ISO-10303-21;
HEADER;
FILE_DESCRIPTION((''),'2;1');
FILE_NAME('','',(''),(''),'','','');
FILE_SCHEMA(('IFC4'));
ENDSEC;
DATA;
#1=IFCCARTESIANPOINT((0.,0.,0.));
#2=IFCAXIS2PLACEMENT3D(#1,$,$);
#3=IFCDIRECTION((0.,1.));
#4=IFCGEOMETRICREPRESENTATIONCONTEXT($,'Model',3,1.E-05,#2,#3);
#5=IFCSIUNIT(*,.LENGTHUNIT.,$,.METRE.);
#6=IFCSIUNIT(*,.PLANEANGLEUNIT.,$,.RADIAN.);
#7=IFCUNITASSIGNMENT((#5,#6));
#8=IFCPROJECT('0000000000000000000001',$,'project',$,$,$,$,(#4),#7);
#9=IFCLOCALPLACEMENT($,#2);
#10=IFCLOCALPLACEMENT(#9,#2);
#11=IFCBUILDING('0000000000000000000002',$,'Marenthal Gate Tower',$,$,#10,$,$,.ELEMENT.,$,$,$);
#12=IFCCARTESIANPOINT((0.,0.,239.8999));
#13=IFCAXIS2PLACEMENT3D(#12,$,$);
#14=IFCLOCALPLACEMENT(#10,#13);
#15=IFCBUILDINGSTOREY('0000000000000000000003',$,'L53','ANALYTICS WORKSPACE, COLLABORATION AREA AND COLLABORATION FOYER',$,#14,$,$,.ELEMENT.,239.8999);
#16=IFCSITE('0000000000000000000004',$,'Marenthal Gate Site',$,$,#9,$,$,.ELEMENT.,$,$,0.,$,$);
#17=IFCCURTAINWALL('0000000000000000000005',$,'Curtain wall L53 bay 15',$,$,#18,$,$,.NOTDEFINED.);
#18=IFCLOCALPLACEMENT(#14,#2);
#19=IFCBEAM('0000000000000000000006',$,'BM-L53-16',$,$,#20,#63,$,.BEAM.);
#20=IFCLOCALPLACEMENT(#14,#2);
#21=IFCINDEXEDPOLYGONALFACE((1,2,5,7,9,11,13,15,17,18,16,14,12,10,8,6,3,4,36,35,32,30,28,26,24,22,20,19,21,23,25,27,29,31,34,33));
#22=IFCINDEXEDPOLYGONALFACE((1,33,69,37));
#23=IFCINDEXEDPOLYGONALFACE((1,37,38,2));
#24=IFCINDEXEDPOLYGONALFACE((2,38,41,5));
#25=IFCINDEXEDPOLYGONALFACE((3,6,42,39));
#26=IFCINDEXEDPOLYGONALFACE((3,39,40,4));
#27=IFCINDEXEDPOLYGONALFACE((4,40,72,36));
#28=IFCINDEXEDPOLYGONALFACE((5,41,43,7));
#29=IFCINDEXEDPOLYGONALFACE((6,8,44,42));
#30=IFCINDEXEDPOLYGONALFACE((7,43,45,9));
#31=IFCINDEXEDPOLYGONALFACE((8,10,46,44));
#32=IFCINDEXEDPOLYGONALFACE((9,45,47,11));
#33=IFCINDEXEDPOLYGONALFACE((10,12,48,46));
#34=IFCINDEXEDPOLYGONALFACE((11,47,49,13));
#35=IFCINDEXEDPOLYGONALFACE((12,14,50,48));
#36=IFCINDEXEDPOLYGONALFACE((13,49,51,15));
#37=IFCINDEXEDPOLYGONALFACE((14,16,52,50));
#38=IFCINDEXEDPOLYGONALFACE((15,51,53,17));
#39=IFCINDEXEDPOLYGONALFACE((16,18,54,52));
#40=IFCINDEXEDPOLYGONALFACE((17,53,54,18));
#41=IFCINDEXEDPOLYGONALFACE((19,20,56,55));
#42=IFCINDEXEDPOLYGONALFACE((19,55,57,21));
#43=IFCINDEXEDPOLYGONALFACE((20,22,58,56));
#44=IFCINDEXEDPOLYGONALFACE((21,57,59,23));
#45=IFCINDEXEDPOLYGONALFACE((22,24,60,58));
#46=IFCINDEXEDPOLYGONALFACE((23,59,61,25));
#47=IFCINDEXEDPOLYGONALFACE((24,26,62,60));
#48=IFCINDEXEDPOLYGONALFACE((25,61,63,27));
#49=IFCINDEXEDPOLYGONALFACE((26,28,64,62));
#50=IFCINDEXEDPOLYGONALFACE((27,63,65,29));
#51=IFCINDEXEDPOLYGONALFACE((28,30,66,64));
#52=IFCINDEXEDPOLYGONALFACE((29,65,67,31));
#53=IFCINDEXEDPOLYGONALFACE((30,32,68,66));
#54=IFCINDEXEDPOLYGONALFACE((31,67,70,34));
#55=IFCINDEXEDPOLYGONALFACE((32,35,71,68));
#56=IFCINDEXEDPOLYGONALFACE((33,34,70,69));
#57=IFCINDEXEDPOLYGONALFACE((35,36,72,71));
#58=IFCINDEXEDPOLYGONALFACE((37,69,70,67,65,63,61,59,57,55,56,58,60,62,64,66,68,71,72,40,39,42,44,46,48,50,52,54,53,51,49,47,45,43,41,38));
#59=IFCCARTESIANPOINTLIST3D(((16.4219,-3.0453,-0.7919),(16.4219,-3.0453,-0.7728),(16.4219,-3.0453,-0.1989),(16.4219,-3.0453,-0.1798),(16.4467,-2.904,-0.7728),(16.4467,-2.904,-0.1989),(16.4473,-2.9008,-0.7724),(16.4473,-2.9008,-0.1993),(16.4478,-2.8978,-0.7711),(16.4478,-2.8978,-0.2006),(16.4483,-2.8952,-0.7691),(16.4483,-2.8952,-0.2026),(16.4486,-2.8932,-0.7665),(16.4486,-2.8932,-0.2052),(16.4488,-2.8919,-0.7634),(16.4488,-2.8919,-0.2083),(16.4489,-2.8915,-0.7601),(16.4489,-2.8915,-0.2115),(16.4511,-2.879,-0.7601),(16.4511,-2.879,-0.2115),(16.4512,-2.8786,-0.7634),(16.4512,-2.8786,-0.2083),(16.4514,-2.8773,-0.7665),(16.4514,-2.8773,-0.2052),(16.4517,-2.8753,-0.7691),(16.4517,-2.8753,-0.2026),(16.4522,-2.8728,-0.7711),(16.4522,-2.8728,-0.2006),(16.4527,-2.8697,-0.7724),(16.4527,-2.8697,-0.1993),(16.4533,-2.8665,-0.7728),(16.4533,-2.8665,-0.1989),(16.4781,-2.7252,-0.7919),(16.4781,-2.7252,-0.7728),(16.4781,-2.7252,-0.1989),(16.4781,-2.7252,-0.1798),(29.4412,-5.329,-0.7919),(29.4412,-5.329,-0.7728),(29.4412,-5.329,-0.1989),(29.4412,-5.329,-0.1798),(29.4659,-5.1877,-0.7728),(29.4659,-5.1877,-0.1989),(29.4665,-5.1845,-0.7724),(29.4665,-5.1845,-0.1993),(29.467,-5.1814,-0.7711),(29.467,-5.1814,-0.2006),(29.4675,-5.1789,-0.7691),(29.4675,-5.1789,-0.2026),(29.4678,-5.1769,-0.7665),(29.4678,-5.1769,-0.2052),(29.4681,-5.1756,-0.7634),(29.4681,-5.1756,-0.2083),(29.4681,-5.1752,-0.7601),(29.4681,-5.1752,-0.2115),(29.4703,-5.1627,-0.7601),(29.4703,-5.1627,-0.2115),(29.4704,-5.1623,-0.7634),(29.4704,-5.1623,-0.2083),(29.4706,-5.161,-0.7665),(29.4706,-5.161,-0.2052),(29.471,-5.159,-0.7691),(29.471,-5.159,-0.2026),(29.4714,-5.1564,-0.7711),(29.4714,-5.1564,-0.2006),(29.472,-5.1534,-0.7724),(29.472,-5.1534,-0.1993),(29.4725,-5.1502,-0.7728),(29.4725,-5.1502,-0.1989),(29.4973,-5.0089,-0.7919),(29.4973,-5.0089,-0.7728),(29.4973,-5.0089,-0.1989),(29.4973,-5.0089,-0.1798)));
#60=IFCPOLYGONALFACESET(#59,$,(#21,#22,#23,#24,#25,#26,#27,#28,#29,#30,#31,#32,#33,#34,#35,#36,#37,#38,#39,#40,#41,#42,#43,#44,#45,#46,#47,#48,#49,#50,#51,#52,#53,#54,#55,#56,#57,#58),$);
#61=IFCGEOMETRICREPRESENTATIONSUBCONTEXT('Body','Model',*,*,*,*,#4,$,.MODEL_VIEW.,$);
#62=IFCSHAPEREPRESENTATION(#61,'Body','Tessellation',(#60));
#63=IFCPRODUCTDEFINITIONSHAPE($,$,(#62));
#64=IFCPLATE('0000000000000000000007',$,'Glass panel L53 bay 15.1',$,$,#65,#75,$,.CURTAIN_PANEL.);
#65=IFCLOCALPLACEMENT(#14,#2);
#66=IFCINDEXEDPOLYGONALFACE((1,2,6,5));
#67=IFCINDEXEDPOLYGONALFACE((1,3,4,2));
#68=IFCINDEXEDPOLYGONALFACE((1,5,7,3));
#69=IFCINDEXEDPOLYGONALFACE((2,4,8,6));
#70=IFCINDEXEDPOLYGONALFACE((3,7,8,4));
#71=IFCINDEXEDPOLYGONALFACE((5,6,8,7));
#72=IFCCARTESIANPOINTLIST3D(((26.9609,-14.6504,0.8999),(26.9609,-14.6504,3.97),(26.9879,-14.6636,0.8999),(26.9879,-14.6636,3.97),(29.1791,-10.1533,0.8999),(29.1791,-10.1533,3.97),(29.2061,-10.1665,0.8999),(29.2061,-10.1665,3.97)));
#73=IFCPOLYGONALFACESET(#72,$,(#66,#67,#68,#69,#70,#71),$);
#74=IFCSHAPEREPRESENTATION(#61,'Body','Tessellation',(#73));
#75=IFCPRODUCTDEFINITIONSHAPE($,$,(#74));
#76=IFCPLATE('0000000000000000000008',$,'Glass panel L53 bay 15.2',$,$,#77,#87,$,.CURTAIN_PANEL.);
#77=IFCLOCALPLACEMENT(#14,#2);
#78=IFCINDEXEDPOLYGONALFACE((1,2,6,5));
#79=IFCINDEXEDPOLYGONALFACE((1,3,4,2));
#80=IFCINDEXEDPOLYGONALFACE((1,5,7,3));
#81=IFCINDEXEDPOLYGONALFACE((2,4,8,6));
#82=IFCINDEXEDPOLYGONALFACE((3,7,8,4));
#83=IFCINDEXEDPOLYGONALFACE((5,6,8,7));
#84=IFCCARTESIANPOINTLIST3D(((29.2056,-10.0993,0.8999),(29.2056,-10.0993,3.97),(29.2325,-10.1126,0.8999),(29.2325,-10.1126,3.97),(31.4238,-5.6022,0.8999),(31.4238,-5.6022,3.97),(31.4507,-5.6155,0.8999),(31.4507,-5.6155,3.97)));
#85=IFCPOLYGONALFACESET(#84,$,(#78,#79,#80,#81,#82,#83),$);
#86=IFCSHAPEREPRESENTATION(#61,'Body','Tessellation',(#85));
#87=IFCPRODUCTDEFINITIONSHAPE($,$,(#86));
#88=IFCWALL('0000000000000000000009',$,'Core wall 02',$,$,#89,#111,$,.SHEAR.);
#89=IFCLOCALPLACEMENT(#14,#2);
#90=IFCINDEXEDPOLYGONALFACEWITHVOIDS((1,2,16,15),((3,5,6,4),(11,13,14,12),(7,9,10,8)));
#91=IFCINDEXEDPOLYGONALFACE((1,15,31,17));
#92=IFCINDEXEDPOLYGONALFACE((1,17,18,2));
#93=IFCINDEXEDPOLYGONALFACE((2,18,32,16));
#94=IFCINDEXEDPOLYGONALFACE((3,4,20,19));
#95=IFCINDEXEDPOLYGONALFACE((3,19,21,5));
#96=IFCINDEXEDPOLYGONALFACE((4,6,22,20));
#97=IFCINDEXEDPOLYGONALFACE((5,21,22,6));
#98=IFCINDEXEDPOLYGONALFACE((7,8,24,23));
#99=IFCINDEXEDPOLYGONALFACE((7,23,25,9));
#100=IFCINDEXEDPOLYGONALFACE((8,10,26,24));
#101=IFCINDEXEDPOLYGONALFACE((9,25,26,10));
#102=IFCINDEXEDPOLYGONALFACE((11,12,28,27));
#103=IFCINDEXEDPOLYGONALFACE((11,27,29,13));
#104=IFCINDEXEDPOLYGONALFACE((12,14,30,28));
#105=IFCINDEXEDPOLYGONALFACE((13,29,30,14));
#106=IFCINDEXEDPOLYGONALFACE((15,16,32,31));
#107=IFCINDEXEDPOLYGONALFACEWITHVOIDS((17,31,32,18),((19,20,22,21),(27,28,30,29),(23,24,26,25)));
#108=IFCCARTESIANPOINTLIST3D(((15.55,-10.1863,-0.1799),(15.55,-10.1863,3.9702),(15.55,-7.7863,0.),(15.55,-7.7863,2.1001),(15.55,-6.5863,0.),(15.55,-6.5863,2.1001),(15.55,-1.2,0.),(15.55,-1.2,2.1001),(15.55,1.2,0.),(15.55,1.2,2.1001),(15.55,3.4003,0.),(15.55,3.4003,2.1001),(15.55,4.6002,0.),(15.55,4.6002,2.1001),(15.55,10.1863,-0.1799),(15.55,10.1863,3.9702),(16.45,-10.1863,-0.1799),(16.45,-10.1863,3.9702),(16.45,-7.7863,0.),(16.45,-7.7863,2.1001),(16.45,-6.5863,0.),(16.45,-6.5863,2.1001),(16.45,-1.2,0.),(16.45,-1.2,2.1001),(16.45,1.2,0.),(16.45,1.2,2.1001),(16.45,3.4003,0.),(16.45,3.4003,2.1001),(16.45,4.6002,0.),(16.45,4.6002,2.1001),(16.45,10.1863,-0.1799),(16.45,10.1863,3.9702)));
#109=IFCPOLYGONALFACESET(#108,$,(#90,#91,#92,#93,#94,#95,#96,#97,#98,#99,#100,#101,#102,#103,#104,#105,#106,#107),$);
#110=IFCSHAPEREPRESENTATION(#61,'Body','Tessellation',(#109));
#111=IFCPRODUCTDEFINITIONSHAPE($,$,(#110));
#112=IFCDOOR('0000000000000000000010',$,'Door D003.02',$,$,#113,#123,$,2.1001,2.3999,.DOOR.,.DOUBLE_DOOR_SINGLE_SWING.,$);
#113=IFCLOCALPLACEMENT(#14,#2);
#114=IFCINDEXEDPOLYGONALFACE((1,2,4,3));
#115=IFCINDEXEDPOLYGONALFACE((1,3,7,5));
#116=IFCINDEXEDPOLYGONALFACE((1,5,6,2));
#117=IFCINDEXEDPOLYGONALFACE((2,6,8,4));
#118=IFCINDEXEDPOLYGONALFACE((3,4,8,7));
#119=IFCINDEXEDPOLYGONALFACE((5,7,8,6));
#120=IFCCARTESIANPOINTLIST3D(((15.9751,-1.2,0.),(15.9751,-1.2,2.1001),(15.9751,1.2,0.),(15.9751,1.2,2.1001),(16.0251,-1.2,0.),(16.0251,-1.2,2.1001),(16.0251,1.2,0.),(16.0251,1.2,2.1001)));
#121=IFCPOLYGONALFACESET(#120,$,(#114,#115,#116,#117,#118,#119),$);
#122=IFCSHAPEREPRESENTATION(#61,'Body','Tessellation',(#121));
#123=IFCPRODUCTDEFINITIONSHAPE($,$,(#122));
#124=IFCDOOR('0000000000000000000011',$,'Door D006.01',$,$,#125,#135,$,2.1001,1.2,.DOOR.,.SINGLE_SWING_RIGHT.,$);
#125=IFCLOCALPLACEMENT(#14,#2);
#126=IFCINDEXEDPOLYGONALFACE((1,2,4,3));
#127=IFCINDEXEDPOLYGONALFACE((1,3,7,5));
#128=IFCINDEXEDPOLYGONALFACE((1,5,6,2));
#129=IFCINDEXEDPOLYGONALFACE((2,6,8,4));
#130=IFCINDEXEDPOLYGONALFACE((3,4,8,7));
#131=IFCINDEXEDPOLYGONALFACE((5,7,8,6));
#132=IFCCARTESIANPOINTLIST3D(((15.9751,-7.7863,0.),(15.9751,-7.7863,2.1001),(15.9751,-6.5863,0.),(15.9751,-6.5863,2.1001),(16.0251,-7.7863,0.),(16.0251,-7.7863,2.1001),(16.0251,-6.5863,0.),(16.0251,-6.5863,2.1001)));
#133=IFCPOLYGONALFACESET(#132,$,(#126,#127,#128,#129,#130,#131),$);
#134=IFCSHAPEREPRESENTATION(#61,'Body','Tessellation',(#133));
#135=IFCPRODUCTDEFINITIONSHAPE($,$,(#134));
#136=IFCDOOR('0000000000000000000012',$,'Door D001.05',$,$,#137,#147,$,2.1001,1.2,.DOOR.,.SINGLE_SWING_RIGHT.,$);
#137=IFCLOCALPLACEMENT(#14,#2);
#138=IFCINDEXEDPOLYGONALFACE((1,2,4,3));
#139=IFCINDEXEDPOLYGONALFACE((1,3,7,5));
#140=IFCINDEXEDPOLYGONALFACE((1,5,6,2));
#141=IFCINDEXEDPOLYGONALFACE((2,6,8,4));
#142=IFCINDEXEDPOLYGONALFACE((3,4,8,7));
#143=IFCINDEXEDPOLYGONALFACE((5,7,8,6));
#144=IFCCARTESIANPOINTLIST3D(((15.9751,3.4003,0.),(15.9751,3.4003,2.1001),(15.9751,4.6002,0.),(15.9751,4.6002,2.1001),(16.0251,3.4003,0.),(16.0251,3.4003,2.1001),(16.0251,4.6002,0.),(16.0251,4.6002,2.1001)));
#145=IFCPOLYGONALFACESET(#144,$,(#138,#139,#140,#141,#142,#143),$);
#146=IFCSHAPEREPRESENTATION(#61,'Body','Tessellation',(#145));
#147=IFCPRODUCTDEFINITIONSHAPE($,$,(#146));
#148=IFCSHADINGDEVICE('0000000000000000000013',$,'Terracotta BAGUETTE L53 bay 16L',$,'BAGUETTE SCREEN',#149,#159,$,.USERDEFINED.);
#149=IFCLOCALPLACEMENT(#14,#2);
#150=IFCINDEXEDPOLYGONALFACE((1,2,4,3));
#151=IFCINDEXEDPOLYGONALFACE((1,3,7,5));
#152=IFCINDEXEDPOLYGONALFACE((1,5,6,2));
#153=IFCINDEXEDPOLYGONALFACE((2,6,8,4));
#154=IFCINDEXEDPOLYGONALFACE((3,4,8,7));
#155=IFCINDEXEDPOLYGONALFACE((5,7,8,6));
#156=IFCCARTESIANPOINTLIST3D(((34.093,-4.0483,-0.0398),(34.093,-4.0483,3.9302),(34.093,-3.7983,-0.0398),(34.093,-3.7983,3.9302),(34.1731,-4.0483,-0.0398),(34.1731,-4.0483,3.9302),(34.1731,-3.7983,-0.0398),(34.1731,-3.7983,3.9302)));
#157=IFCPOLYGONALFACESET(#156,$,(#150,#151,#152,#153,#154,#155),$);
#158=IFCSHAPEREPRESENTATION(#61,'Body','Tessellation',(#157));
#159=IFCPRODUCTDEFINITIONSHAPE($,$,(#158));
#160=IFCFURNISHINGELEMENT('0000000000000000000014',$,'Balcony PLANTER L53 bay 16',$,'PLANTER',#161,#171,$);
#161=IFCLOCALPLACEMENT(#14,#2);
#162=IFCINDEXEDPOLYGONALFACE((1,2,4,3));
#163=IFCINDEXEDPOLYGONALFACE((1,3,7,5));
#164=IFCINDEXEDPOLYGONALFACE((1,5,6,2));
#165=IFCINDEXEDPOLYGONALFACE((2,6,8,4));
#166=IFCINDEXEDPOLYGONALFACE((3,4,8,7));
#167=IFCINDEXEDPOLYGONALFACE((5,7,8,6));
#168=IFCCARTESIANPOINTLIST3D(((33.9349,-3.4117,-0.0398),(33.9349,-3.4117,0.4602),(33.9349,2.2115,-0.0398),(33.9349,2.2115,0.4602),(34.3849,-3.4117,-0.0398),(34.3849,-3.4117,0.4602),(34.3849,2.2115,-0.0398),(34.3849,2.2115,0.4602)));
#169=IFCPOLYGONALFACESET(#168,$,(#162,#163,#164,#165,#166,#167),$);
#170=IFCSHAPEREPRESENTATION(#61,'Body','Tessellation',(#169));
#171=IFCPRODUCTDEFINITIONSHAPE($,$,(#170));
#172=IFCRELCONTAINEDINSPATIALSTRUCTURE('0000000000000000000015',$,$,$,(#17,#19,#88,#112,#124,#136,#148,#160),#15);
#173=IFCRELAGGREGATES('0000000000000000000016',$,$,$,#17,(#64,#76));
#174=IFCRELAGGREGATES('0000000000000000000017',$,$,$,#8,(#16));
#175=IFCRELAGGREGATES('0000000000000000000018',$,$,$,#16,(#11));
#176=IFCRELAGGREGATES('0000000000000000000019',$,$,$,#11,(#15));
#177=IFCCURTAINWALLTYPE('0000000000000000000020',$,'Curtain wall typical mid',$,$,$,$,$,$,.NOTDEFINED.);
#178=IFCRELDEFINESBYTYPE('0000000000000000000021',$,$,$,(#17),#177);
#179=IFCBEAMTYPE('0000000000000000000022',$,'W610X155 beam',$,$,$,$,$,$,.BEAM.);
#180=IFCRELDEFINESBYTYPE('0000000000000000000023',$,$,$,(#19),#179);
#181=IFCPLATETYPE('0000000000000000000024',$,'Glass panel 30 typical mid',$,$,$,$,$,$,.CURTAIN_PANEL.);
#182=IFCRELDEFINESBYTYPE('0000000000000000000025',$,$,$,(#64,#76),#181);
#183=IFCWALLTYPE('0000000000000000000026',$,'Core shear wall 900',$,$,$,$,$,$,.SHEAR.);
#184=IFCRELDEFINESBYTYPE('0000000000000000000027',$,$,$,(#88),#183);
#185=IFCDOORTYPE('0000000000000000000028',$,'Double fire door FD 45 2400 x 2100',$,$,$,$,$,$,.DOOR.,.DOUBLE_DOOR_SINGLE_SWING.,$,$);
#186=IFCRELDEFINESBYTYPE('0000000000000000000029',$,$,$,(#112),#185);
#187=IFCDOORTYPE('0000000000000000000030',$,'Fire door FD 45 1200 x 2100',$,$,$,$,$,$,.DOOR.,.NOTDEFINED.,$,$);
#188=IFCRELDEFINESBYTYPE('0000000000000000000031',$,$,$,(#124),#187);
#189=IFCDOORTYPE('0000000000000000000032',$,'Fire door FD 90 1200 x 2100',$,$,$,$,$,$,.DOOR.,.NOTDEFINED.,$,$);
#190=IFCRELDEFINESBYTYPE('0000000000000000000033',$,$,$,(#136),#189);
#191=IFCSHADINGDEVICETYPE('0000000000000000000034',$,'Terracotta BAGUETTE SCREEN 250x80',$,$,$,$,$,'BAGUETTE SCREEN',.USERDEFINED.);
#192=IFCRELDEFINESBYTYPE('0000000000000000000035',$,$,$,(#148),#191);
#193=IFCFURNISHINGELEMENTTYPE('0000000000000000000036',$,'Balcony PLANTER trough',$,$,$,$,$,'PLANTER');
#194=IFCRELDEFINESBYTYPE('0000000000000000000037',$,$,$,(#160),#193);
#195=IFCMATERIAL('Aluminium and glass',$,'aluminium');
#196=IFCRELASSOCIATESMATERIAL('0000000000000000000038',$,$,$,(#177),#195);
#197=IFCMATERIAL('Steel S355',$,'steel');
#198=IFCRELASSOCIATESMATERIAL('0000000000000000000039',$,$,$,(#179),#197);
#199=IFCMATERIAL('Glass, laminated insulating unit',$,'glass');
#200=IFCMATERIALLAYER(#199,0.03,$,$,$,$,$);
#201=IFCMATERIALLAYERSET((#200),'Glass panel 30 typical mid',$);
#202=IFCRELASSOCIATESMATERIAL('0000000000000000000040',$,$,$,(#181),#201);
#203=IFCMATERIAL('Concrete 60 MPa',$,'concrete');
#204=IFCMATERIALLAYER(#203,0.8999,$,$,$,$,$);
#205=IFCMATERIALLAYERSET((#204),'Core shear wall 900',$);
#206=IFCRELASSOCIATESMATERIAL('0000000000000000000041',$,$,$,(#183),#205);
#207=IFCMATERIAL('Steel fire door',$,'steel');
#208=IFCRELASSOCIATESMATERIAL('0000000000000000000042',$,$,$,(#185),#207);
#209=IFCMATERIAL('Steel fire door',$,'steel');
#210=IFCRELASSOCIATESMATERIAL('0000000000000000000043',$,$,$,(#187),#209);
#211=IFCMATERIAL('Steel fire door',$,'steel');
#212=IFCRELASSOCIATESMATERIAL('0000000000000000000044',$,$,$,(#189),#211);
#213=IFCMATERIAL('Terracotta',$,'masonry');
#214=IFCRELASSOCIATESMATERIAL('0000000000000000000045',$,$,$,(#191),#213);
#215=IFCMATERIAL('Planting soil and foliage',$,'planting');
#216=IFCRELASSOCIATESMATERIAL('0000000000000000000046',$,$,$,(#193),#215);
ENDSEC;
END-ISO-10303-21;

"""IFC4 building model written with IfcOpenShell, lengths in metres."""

from ifc_helpers import new_model, si_unit, direction, frame, frame_2d, origin, origin_2d, place, context, subcontext, project, spatial, rectangle, i_section, extrude, material, layer, layer_set, material_profile, profile_set, type_object, element, fill, aggregate, save


model = new_model("IFC4")

# Units and contexts
model_context = context("Model", 3, precision=1e-05, world=origin(), true_north=direction((0.0, 1.0)))
body_context = subcontext(model_context, "Body", "Model", "MODEL_VIEW")
ifc_project = project(units=[si_unit("LENGTHUNIT", "METRE"), si_unit("PLANEANGLEUNIT", "RADIAN")], contexts=[model_context])

# Site, building, storey
site_placement = place(None, origin())
site = spatial("IfcSite", under=ifc_project, at=site_placement, Name="Marenthal Gate Site", CompositionType="ELEMENT", RefElevation=0.0)
building_placement = place(site_placement, origin())
building = spatial("IfcBuilding", under=site, at=building_placement, Name="Marenthal Gate Tower", CompositionType="ELEMENT")
storey_placement = place(building_placement, frame((0.0, 0.0, 239.8999)))
storey = spatial("IfcBuildingStorey", under=building, at=storey_placement, Name="L53", Description="ANALYTICS WORKSPACE, COLLABORATION AREA AND COLLABORATION FOYER", CompositionType="ELEMENT", Elevation=239.8999)

# Curtain wall
ifc_material_1 = material(Name="Aluminium and glass", Category="aluminium")
curtain_wall_type = type_object("IfcCurtainWallType", Name="Curtain wall typical mid", PredefinedType="NOTDEFINED", material=ifc_material_1)
curtain_wall_placement = place(storey_placement, origin())
curtain_wall = element("IfcCurtainWall", 1, at=curtain_wall_placement, inside=storey, type_object=curtain_wall_type, Name="Curtain wall L53 bay 15", PredefinedType="NOTDEFINED")

# Beam
ifc_material_2 = material(Name="Steel S355", Category="steel")
ifc_material_profile_1 = material_profile(ifc_material_2, i_section(OverallWidth=0.325, OverallDepth=0.6121, WebThickness=0.0127, FlangeThickness=0.019, FilletRadius=0.0127, at=origin_2d()), Name="W610X155")
ifc_profile_set_1 = profile_set([ifc_material_profile_1], Name="Steel S355")
beam_type_1 = type_object("IfcBeamType", Name="W610X155 beam", PredefinedType="BEAM", material=ifc_profile_set_1)
beam_1_placement = place(storey_placement, frame((29.4692, -5.1689, -0.4858), z_axis=(-0.984962, 0.172771, 0.0), x_axis=(-0.172771, -0.984962, 0.0)))
element("IfcBeam", 2, at=beam_1_placement, inside=storey, type_object=beam_type_1, Name="BM-L53-16", PredefinedType="BEAM", context=body_context, shape_type="SweptSolid", body=[
    extrude(i_section(OverallWidth=0.325, OverallDepth=0.6121, WebThickness=0.0127, FlangeThickness=0.019, FilletRadius=0.0127, at=origin_2d()), origin(), (0.0, 0.0, 1.0), 13.218),
])

# Plates
ifc_material_3 = material(Name="Glass, laminated insulating unit", Category="glass")
ifc_layer_1 = layer(ifc_material_3, 0.03)
ifc_layer_set_1 = layer_set([ifc_layer_1], Name="Glass panel 30 typical mid")
plate_type = type_object("IfcPlateType", Name="Glass panel 30 typical mid", PredefinedType="CURTAIN_PANEL", material=ifc_layer_set_1)
plate_1_placement = place(storey_placement, frame((28.0835, -12.4084, 0.8999), z_axis=(0.0, 0.0, 1.0), x_axis=(0.442364, 0.896835, 0.0)))
plate_1 = element("IfcPlate", 3, at=plate_1_placement, type_object=plate_type, Name="Glass panel L53 bay 15.1", PredefinedType="CURTAIN_PANEL", context=body_context, shape_type="SweptSolid", body=[
    extrude(rectangle(XDim=5.0144, YDim=0.03, at=origin_2d()), origin(), (0.0, 0.0, 1.0), 3.0701),
])
plate_2_placement = place(storey_placement, frame((30.3281, -7.8574, 0.8999), z_axis=(0.0, 0.0, 1.0), x_axis=(0.442364, 0.896835, 0.0)))
plate_2 = element("IfcPlate", 4, at=plate_2_placement, type_object=plate_type, Name="Glass panel L53 bay 15.2", PredefinedType="CURTAIN_PANEL", context=body_context, shape_type="SweptSolid", body=[
    extrude(rectangle(XDim=5.0144, YDim=0.03, at=origin_2d()), origin(), (0.0, 0.0, 1.0), 3.0701),
])
aggregate(curtain_wall, [plate_1, plate_2])

# Wall, openings, doors
ifc_material_4 = material(Name="Concrete 60 MPa", Category="concrete")
ifc_layer_2 = layer(ifc_material_4, 0.8999)
ifc_layer_set_2 = layer_set([ifc_layer_2], Name="Core shear wall 900")
wall_type_1 = type_object("IfcWallType", Name="Core shear wall 900", PredefinedType="SHEAR", material=ifc_layer_set_2)
wall_1_placement = place(storey_placement, frame((16.0, -10.1863, -0.1799), z_axis=(0.0, 0.0, 1.0), x_axis=(0.0, 1.0, 0.0)))
wall_1 = element("IfcWall", 5, at=wall_1_placement, inside=storey, type_object=wall_type_1, Name="Core wall 02", PredefinedType="SHEAR", context=body_context, shape_type="SweptSolid", body=[
    extrude(rectangle(XDim=20.3726, YDim=0.8999, at=frame_2d((10.1863, 0.0))), origin(), (0.0, 0.0, 1.0), 4.1501),
])
opening_1_placement = place(wall_1_placement, frame((8.9863, 0.0, 0.1799)))
opening_1 = element("IfcOpeningElement", 6, at=opening_1_placement, cuts=wall_1, PredefinedType="OPENING", context=body_context, shape_type="SweptSolid", body=[
    extrude(rectangle(XDim=2.3999, YDim=2.1001, at=frame_2d((1.2, 1.05))), frame((0.0, 0.46, 0.0), z_axis=(0.0, -1.0, 0.0), x_axis=(1.0, 0.0, 0.0)), (0.0, 0.0, 1.0), 0.9199),
])
opening_2_placement = place(wall_1_placement, frame((13.5864, 0.0, 0.1799)))
opening_2 = element("IfcOpeningElement", 7, at=opening_2_placement, cuts=wall_1, PredefinedType="OPENING", context=body_context, shape_type="SweptSolid", body=[
    extrude(rectangle(XDim=1.2, YDim=2.1001, at=frame_2d((0.6001, 1.05))), frame((0.0, 0.46, 0.0), z_axis=(0.0, -1.0, 0.0), x_axis=(1.0, 0.0, 0.0)), (0.0, 0.0, 1.0), 0.9199),
])
opening_3_placement = place(wall_1_placement, frame((2.3999, 0.0, 0.1799)))
opening_3 = element("IfcOpeningElement", 8, at=opening_3_placement, cuts=wall_1, PredefinedType="OPENING", context=body_context, shape_type="SweptSolid", body=[
    extrude(rectangle(XDim=1.2, YDim=2.1001, at=frame_2d((0.6001, 1.05))), frame((0.0, 0.46, 0.0), z_axis=(0.0, -1.0, 0.0), x_axis=(1.0, 0.0, 0.0)), (0.0, 0.0, 1.0), 0.9199),
])
ifc_material_5 = material(Name="Steel fire door", Category="steel")
door_type_1 = type_object("IfcDoorType", Name="Double fire door FD 45 2400 x 2100", OperationType="DOUBLE_DOOR_SINGLE_SWING", PredefinedType="DOOR", material=ifc_material_5)
door_1_placement = place(opening_1_placement, origin())
door_1 = element("IfcDoor", 9, at=door_1_placement, inside=storey, type_object=door_type_1, Name="Door D003.02", OperationType="DOUBLE_DOOR_SINGLE_SWING", OverallHeight=2.1001, OverallWidth=2.3999, PredefinedType="DOOR", context=body_context, shape_type="SweptSolid", body=[
    extrude(rectangle(XDim=2.3999, YDim=2.1001, at=frame_2d((1.2, 1.05))), frame((0.0, 0.0249, 0.0), z_axis=(0.0, -1.0, 0.0), x_axis=(1.0, 0.0, 0.0)), (0.0, 0.0, 1.0), 0.05),
])
fill(opening_1, door_1)
ifc_material_6 = material(Name="Steel fire door", Category="steel")
door_type_2 = type_object("IfcDoorType", Name="Fire door FD 45 1200 x 2100", OperationType="NOTDEFINED", PredefinedType="DOOR", material=ifc_material_6)
door_2_placement = place(opening_3_placement, origin())
door_2 = element("IfcDoor", 10, at=door_2_placement, inside=storey, type_object=door_type_2, Name="Door D006.01", OperationType="SINGLE_SWING_RIGHT", OverallHeight=2.1001, OverallWidth=1.2, PredefinedType="DOOR", context=body_context, shape_type="SweptSolid", body=[
    extrude(rectangle(XDim=1.2, YDim=2.1001, at=frame_2d((0.6001, 1.05))), frame((0.0, 0.0249, 0.0), z_axis=(0.0, -1.0, 0.0), x_axis=(1.0, 0.0, 0.0)), (0.0, 0.0, 1.0), 0.05),
])
fill(opening_3, door_2)
ifc_material_7 = material(Name="Steel fire door", Category="steel")
door_type_3 = type_object("IfcDoorType", Name="Fire door FD 90 1200 x 2100", OperationType="NOTDEFINED", PredefinedType="DOOR", material=ifc_material_7)
door_3_placement = place(opening_2_placement, origin())
door_3 = element("IfcDoor", 11, at=door_3_placement, inside=storey, type_object=door_type_3, Name="Door D001.05", OperationType="SINGLE_SWING_RIGHT", OverallHeight=2.1001, OverallWidth=1.2, PredefinedType="DOOR", context=body_context, shape_type="SweptSolid", body=[
    extrude(rectangle(XDim=1.2, YDim=2.1001, at=frame_2d((0.6001, 1.05))), frame((0.0, 0.0249, 0.0), z_axis=(0.0, -1.0, 0.0), x_axis=(1.0, 0.0, 0.0)), (0.0, 0.0, 1.0), 0.05),
])
fill(opening_2, door_3)

# Shading device
ifc_material_8 = material(Name="Terracotta", Category="masonry")
ifc_material_profile_2 = material_profile(ifc_material_8, rectangle(XDim=0.25, YDim=0.0801, at=origin_2d()), Name="Terracotta baguette 250x80")
ifc_profile_set_2 = profile_set([ifc_material_profile_2], Name="Terracotta")
shading_device_type = type_object("IfcShadingDeviceType", Name="Terracotta BAGUETTE SCREEN 250x80", ElementType="BAGUETTE SCREEN", PredefinedType="USERDEFINED", material=ifc_profile_set_2)
shading_device_placement = place(storey_placement, frame((34.1331, -3.9233, -0.0398), z_axis=(0.0, 0.0, 1.0), x_axis=(0.0, 1.0, 0.0)))
element("IfcShadingDevice", 12, at=shading_device_placement, inside=storey, type_object=shading_device_type, Name="Terracotta BAGUETTE L53 bay 16L", ObjectType="BAGUETTE SCREEN", PredefinedType="USERDEFINED", context=body_context, shape_type="SweptSolid", body=[
    extrude(rectangle(XDim=0.25, YDim=0.0801, at=origin_2d()), origin(), (0.0, 0.0, 1.0), 3.97),
])

# Furnishing element
ifc_material_9 = material(Name="Planting soil and foliage", Category="planting")
furnishing_element_type = type_object("IfcFurnishingElementType", Name="Balcony PLANTER trough", ElementType="PLANTER", material=ifc_material_9)
furnishing_placement = place(storey_placement, frame((34.1599, -0.6001, -0.0398), z_axis=(0.0, 0.0, 1.0), x_axis=(0.0, 1.0, 0.0)))
element("IfcFurnishingElement", 13, at=furnishing_placement, inside=storey, type_object=furnishing_element_type, Name="Balcony PLANTER L53 bay 16", ObjectType="PLANTER", context=body_context, shape_type="SweptSolid", body=[
    extrude(rectangle(XDim=5.6233, YDim=0.45, at=origin_2d()), origin(), (0.0, 0.0, 1.0), 0.5),
])

save(model, "model.ifc")
